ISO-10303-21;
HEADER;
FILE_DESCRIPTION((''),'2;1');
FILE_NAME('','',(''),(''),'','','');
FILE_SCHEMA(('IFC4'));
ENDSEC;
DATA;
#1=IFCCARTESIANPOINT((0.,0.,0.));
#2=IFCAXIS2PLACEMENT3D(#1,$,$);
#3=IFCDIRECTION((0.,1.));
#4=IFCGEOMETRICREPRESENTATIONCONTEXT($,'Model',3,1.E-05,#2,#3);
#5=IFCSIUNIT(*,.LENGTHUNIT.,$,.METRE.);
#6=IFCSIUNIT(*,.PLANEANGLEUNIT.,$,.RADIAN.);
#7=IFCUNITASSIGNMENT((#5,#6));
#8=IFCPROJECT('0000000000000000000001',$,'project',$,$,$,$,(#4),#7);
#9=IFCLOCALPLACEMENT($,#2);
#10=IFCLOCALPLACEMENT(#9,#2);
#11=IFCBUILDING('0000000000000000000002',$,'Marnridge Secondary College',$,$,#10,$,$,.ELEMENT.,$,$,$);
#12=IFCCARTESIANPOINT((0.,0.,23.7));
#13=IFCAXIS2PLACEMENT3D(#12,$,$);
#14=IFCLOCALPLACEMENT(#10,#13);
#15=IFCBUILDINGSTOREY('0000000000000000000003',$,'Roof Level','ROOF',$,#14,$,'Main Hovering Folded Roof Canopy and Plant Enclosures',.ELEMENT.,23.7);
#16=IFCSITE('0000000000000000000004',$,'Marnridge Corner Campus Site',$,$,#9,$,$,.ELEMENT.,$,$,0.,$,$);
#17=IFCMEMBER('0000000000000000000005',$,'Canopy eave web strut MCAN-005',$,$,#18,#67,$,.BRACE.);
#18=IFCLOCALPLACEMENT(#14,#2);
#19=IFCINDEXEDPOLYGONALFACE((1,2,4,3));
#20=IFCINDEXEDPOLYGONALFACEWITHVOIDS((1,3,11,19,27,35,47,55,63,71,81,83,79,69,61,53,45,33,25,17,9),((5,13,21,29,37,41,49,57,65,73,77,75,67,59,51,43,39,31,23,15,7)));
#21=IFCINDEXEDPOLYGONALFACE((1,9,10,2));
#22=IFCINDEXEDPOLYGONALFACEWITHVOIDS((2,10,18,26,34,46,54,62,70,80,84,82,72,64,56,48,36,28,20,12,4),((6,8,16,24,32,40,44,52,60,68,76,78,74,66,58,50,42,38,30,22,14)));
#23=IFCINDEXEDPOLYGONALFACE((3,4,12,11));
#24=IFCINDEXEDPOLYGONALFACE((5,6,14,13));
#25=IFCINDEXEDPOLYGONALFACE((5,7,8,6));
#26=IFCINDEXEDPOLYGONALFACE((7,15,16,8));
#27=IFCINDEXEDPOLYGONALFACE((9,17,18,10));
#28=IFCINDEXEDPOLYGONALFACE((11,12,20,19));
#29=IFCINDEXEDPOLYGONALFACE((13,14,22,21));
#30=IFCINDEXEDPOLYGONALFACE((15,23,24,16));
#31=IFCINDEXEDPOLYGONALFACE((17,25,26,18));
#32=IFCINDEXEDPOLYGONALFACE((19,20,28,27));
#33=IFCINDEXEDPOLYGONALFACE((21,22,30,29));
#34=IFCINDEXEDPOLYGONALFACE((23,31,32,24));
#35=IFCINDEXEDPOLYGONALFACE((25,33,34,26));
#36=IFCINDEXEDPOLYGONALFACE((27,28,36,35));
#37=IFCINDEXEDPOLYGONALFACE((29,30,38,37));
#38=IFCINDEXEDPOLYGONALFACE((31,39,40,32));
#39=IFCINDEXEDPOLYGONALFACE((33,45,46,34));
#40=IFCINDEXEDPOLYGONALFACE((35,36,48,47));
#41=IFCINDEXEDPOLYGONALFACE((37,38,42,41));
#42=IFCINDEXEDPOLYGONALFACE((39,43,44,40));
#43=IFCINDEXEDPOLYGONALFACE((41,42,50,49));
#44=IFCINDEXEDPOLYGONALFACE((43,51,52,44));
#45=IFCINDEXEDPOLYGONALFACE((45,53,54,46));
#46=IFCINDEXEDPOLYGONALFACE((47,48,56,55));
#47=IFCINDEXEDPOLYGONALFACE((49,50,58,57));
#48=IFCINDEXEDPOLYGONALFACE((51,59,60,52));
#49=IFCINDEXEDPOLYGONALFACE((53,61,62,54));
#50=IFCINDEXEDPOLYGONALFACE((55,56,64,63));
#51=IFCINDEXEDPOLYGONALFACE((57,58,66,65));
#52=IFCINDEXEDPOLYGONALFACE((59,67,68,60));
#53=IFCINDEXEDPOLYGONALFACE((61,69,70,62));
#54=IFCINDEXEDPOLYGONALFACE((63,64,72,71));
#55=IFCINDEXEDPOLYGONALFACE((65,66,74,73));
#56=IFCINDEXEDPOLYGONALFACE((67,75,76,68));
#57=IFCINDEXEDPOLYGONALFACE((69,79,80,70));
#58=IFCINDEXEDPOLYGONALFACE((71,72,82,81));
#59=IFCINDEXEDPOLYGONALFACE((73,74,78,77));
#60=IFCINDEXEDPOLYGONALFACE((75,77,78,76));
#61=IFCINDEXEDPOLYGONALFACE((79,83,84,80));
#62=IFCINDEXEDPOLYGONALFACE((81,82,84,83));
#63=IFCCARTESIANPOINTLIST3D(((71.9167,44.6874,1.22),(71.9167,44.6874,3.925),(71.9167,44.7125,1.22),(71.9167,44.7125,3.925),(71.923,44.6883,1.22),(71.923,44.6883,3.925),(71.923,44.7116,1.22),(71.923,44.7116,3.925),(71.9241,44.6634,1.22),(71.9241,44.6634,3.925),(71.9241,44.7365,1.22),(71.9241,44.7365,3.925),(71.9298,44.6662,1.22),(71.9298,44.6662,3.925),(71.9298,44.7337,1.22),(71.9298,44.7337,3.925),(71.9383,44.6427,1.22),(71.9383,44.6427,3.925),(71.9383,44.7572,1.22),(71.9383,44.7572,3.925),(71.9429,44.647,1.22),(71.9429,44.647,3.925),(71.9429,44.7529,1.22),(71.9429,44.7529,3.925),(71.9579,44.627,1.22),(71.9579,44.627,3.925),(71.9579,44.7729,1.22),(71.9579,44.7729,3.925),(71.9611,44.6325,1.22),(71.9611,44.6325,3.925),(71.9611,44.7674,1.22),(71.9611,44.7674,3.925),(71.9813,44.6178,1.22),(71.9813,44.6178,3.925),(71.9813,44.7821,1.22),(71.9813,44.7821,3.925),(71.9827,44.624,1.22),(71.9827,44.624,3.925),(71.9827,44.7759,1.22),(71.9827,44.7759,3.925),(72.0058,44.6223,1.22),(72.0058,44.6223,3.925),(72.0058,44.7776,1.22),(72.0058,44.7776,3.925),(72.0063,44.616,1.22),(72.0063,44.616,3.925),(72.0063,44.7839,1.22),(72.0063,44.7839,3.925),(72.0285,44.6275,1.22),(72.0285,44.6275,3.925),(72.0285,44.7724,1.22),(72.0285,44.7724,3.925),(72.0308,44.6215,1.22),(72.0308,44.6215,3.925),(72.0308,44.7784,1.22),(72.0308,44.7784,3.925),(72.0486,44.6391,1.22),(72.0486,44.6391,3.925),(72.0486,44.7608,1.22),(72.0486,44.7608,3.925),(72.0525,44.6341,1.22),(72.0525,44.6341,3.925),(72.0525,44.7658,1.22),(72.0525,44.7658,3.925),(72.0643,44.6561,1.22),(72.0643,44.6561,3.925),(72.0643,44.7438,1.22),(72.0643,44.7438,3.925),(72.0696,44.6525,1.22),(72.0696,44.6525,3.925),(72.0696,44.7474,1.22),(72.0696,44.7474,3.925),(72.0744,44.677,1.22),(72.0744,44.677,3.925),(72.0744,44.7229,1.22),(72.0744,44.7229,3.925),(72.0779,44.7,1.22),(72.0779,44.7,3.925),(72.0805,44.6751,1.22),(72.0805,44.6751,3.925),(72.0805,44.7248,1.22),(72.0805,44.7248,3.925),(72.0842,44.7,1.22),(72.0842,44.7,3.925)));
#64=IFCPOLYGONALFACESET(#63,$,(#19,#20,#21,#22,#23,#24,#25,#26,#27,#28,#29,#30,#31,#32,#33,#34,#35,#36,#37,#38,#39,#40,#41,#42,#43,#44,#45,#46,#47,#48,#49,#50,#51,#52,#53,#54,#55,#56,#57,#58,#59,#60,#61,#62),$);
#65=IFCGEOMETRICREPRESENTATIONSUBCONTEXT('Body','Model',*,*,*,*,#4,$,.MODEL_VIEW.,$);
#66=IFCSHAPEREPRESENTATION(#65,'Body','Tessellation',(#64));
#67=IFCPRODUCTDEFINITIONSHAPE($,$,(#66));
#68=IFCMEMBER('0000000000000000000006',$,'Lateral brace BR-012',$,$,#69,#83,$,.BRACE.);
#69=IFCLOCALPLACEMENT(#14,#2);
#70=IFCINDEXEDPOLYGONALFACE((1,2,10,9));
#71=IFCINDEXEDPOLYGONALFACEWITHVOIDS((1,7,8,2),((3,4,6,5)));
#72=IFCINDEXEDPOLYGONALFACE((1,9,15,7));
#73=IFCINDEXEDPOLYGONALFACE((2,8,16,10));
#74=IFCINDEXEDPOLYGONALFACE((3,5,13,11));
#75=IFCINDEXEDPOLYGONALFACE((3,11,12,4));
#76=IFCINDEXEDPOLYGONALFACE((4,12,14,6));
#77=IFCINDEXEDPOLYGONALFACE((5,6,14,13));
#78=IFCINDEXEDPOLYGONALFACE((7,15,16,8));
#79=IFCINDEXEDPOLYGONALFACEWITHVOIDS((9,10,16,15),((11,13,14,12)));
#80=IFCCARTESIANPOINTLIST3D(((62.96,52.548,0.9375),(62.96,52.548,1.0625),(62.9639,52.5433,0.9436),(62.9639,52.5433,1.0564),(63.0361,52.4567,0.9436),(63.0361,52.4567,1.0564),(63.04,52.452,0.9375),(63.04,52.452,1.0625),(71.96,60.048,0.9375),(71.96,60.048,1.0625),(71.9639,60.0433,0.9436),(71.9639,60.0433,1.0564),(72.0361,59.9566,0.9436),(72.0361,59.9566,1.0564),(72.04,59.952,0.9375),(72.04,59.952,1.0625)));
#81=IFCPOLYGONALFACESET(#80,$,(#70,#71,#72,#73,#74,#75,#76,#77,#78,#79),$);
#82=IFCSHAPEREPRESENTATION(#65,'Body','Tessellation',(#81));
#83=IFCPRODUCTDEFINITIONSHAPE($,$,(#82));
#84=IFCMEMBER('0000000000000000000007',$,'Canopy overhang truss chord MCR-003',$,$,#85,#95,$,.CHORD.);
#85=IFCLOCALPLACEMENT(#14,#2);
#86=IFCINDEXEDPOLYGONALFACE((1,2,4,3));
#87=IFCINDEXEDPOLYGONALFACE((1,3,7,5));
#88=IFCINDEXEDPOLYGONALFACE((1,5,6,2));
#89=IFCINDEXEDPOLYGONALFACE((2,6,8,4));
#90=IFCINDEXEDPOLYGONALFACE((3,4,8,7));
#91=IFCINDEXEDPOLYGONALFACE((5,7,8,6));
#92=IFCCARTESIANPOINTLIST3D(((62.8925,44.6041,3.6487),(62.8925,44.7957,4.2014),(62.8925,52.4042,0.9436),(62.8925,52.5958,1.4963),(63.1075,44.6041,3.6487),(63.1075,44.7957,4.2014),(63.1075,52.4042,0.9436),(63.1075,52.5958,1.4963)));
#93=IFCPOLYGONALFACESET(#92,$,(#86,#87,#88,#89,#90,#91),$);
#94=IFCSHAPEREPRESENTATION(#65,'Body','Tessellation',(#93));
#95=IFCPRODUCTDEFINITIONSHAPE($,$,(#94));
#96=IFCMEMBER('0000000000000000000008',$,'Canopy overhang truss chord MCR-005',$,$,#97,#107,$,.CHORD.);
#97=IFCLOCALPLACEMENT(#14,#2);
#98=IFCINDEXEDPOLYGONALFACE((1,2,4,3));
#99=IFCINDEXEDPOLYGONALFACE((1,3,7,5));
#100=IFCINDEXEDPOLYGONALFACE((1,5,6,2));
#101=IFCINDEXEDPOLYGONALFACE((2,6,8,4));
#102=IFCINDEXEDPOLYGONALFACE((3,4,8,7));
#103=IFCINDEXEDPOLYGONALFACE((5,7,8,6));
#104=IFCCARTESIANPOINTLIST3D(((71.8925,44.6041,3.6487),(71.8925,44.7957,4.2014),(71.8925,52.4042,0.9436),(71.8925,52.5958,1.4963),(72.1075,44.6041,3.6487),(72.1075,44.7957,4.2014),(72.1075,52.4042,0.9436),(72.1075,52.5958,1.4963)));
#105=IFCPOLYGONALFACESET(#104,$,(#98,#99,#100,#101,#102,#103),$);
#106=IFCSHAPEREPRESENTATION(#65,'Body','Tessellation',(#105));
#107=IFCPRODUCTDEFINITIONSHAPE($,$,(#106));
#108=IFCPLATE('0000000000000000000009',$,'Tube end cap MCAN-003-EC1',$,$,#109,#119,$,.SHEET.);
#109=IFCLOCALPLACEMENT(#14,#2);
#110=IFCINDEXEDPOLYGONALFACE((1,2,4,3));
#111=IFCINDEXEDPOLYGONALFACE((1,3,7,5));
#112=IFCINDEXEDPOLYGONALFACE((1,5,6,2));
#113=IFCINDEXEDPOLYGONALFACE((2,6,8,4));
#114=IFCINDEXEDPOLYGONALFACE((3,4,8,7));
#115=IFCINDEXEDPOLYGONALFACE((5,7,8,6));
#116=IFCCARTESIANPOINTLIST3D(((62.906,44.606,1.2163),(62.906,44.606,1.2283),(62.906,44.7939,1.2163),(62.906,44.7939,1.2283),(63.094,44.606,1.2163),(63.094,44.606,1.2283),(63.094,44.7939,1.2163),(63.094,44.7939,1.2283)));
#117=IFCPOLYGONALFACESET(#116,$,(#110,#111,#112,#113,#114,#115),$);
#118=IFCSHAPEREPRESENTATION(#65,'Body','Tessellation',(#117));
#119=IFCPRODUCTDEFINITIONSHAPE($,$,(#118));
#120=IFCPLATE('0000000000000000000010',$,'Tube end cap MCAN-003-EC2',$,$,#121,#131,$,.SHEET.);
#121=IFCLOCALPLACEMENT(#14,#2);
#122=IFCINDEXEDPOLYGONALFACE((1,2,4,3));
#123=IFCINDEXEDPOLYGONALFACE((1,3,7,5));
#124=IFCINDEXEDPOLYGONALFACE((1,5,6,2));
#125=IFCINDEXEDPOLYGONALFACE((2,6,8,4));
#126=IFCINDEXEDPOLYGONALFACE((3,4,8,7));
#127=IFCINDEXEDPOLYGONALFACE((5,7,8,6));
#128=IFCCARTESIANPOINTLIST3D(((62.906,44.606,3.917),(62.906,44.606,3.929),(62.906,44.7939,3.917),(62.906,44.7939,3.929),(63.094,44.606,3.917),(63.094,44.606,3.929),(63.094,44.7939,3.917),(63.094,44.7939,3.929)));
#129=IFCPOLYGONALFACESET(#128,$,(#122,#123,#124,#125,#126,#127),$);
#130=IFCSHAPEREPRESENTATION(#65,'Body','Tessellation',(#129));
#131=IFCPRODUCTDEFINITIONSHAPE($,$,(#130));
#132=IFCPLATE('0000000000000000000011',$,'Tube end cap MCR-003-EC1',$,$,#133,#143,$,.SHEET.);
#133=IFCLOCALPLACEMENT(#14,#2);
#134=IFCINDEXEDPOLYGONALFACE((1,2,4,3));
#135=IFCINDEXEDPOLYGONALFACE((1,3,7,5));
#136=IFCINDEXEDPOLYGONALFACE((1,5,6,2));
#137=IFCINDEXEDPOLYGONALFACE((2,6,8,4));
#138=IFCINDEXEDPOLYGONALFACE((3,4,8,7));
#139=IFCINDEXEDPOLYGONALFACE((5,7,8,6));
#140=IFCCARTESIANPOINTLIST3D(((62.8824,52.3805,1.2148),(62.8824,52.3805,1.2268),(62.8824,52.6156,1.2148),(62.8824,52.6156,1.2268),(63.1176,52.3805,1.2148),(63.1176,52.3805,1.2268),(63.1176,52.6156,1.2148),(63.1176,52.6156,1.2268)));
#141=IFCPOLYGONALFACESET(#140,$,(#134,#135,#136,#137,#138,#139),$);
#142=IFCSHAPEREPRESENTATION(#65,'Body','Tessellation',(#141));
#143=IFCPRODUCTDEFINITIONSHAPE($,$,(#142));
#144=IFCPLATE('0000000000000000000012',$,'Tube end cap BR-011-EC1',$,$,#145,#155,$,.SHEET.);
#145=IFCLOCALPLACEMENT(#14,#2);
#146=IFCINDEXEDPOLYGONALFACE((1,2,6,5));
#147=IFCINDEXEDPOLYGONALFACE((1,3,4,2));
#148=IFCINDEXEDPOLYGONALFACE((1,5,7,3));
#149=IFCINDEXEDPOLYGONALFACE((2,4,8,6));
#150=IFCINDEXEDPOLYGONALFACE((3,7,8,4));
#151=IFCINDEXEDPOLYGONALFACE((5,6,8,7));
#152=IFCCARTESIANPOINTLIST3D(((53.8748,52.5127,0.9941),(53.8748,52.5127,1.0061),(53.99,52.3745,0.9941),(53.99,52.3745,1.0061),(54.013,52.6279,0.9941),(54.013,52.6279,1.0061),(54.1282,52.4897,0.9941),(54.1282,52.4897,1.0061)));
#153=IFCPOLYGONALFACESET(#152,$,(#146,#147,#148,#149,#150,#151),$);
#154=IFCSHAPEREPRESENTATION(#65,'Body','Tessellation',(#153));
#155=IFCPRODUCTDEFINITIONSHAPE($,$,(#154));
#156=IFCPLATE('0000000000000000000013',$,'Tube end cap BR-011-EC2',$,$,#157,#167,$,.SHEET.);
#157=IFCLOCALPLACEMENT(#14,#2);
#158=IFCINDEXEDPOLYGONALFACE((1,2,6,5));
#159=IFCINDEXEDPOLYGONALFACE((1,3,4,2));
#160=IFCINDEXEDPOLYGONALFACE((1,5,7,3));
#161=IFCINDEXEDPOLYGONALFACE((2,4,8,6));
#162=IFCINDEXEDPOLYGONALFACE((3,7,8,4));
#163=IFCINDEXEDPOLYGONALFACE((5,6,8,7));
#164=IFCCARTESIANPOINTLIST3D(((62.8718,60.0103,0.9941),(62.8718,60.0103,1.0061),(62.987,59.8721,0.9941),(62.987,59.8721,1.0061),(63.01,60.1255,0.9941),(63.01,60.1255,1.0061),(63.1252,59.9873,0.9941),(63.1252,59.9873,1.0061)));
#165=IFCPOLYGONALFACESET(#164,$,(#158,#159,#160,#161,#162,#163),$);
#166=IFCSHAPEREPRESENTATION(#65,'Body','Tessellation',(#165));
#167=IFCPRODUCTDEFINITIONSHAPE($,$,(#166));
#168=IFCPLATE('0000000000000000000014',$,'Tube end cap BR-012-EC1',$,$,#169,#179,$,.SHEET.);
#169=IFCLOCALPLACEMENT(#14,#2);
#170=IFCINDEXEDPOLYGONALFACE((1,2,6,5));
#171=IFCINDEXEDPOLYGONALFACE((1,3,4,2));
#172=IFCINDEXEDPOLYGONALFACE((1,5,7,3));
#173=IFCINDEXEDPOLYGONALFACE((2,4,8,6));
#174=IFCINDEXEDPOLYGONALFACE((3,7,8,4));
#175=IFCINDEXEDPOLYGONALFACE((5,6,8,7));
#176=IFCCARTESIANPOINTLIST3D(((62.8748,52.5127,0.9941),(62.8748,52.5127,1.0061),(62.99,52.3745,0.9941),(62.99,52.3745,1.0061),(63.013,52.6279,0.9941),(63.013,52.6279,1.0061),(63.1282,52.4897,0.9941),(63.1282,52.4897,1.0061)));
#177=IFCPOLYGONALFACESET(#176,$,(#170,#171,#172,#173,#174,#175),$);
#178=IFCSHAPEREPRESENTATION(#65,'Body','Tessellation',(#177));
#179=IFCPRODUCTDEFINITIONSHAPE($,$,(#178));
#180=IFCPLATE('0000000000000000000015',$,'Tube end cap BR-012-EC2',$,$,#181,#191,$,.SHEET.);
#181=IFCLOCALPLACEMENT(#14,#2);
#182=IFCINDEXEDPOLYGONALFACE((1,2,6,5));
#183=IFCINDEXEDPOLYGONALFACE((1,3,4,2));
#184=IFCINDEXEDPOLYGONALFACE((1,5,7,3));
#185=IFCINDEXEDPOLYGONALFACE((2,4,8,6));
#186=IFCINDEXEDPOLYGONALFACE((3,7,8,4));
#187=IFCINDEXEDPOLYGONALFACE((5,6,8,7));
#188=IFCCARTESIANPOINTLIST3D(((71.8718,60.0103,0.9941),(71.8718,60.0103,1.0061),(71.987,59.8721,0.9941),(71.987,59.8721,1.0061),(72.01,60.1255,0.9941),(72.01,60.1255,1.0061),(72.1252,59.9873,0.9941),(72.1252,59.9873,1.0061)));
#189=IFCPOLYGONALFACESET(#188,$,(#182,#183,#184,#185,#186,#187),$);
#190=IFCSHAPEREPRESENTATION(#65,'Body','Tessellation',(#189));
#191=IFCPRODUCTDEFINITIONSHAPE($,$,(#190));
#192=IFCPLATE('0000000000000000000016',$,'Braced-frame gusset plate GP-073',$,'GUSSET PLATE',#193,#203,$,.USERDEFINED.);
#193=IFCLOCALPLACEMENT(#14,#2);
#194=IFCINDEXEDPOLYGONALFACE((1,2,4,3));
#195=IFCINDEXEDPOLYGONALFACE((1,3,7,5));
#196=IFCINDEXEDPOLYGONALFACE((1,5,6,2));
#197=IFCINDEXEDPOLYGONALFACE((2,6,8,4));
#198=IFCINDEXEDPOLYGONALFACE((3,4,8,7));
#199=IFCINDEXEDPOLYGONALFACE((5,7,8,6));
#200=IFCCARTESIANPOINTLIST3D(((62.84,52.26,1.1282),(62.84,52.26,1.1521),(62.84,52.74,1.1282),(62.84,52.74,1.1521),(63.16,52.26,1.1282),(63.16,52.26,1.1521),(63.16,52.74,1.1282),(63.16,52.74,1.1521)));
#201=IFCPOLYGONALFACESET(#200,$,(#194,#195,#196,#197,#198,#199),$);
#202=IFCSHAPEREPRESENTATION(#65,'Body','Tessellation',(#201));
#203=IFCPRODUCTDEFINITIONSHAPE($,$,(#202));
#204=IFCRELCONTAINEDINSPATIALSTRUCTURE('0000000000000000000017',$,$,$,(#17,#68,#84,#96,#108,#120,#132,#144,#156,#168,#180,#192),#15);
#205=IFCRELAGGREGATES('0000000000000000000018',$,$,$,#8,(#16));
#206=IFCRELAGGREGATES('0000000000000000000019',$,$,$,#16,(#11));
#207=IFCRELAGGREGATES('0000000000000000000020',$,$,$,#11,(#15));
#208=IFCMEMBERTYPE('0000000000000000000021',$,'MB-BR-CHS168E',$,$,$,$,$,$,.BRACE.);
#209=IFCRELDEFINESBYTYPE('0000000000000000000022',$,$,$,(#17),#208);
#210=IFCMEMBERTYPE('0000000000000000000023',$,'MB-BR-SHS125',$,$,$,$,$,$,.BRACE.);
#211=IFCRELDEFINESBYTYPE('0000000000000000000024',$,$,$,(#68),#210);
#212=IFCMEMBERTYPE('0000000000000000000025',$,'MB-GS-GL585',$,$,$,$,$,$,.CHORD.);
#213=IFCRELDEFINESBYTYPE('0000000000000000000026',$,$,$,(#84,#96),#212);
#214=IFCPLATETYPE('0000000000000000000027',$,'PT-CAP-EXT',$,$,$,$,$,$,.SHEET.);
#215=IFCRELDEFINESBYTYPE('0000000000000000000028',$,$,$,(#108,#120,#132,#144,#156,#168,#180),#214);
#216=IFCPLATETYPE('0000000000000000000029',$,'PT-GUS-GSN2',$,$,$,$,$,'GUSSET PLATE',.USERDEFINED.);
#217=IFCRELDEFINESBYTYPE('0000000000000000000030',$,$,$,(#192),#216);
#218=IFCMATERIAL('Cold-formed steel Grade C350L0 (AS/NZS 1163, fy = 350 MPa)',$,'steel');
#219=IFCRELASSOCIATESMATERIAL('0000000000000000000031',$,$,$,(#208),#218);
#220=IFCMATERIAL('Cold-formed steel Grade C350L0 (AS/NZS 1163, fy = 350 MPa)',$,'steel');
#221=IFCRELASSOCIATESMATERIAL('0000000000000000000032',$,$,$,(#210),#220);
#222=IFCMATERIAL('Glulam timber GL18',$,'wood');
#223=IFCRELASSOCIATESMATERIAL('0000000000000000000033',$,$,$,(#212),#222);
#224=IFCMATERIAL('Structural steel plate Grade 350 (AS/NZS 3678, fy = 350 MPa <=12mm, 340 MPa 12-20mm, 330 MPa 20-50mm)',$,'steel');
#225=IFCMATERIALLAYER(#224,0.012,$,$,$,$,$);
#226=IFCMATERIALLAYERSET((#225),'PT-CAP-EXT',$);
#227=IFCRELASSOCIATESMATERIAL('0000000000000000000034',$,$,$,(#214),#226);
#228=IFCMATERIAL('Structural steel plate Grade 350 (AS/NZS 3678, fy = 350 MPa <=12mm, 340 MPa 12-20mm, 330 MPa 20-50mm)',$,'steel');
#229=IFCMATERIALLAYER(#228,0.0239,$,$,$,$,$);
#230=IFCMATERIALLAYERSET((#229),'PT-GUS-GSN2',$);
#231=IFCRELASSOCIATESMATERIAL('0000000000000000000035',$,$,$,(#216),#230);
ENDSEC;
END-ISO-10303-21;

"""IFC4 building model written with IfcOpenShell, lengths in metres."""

from ifc_helpers import new_model, si_unit, direction, frame, origin, origin_2d, place, context, subcontext, project, spatial, rectangle, hollow_rectangle, hollow_circle, extrude, material, layer, layer_set, material_profile, profile_set, type_object, element, save


model = new_model("IFC4")

# Units and contexts
model_context = context("Model", 3, precision=1e-05, world=origin(), true_north=direction((0.0, 1.0)))
body_context = subcontext(model_context, "Body", "Model", "MODEL_VIEW")
ifc_project = project(units=[si_unit("LENGTHUNIT", "METRE"), si_unit("PLANEANGLEUNIT", "RADIAN")], contexts=[model_context])

# Site, building, storey
site_placement = place(None, origin())
site = spatial("IfcSite", under=ifc_project, at=site_placement, Name="Marnridge Corner Campus Site", CompositionType="ELEMENT", RefElevation=0.0)
building_placement = place(site_placement, origin())
building = spatial("IfcBuilding", under=site, at=building_placement, Name="Marnridge Secondary College", CompositionType="ELEMENT")
storey_placement = place(building_placement, frame((0.0, 0.0, 23.7)))
storey = spatial("IfcBuildingStorey", under=building, at=storey_placement, Name="Roof Level", Description="ROOF", LongName="Main Hovering Folded Roof Canopy and Plant Enclosures", CompositionType="ELEMENT", Elevation=23.7)

# Members
ifc_material_1 = material(Name="Cold-formed steel Grade C350L0 (AS/NZS 1163, fy = 350 MPa)", Category="steel")
ifc_material_profile_1 = material_profile(ifc_material_1, hollow_circle(Radius=0.0842, WallThickness=0.0063, at=origin_2d()), Name="168.3x6.4CHS")
ifc_profile_set_1 = profile_set([ifc_material_profile_1], Name="Cold-formed steel Grade C350L0 (AS/NZS 1163, fy = 350 MPa)")
member_type_1 = type_object("IfcMemberType", Name="MB-BR-CHS168E", PredefinedType="BRACE", material=ifc_profile_set_1)
for number, where, z_axis, x_axis, name in (
    (1, (72.0, 44.7, 1.22), (0.0, 0.0, 1.0), (1.0, 0.0, 0.0), "Canopy eave web strut MCAN-005"),
):
    element("IfcMember", number, at=place(storey_placement, frame(where, z_axis=z_axis, x_axis=x_axis)), inside=storey, type_object=member_type_1, Name=name, PredefinedType="BRACE", context=body_context, shape_type="SweptSolid", body=[
        extrude(hollow_circle(Radius=0.0842, WallThickness=0.0063, at=origin_2d()), origin(), (0.0, 0.0, 1.0), 2.7051),
    ])
ifc_material_2 = material(Name="Cold-formed steel Grade C350L0 (AS/NZS 1163, fy = 350 MPa)", Category="steel")
ifc_material_profile_2 = material_profile(ifc_material_2, hollow_rectangle(XDim=0.125, YDim=0.125, WallThickness=0.0061, at=origin_2d()), Name="125x125x6.0SHS")
ifc_profile_set_2 = profile_set([ifc_material_profile_2], Name="Cold-formed steel Grade C350L0 (AS/NZS 1163, fy = 350 MPa)")
member_type_2 = type_object("IfcMemberType", Name="MB-BR-SHS125", PredefinedType="BRACE", material=ifc_profile_set_2)
member_placement = place(storey_placement, frame((63.0, 52.5, 1.0), z_axis=(0.768221, 0.640184, 0.0), x_axis=(-0.640184, 0.768221, 0.0)))
element("IfcMember", 2, at=member_placement, inside=storey, type_object=member_type_2, Name="Lateral brace BR-012", PredefinedType="BRACE", context=body_context, shape_type="SweptSolid", body=[
    extrude(hollow_rectangle(XDim=0.125, YDim=0.125, WallThickness=0.0061, at=origin_2d()), origin(), (0.0, 0.0, 1.0), 11.7153),
])
ifc_material_3 = material(Name="Glulam timber GL18", Category="wood")
ifc_material_profile_3 = material_profile(ifc_material_3, rectangle(XDim=0.2151, YDim=0.585, at=origin_2d()), Name="GL18 215x585")
ifc_profile_set_3 = profile_set([ifc_material_profile_3], Name="Glulam timber GL18")
member_type_3 = type_object("IfcMemberType", Name="MB-GS-GL585", PredefinedType="CHORD", material=ifc_profile_set_3)
for number, where, z_axis, x_axis, name in (
    (3, (63.0, 52.5, 1.22), (0.0, -0.944796, 0.327658), (1.0, 0.0, 0.0), "Canopy overhang truss chord MCR-003"),
    (4, (72.0, 52.5, 1.22), (0.0, -0.944796, 0.327658), (1.0, 0.0, 0.0), "Canopy overhang truss chord MCR-005"),
):
    element("IfcMember", number, at=place(storey_placement, frame(where, z_axis=z_axis, x_axis=x_axis)), inside=storey, type_object=member_type_3, Name=name, PredefinedType="CHORD", context=body_context, shape_type="SweptSolid", body=[
        extrude(rectangle(XDim=0.2151, YDim=0.585, at=origin_2d()), origin(), (0.0, 0.0, 1.0), 8.2559),
    ])

# Plates
ifc_material_4 = material(Name="Structural steel plate Grade 350 (AS/NZS 3678, fy = 350 MPa <=12mm, 340 MPa 12-20mm, 330 MPa 20-50mm)", Category="steel")
ifc_layer_1 = layer(ifc_material_4, 0.012)
ifc_layer_set_1 = layer_set([ifc_layer_1], Name="PT-CAP-EXT")
plate_type_1 = type_object("IfcPlateType", Name="PT-CAP-EXT", PredefinedType="SHEET", material=ifc_layer_set_1)
for number, where, z_axis, x_axis, name in (
    (5, (63.0, 44.7, 1.2163), (0.0, 0.0, 1.0), (1.0, 0.0, 0.0), "Tube end cap MCAN-003-EC1"),
    (6, (63.0, 44.7, 3.917), (0.0, 0.0, 1.0), (1.0, 0.0, 0.0), "Tube end cap MCAN-003-EC2"),
):
    element("IfcPlate", number, at=place(storey_placement, frame(where, z_axis=z_axis, x_axis=x_axis)), inside=storey, type_object=plate_type_1, Name=name, PredefinedType="SHEET", context=body_context, shape_type="SweptSolid", body=[
        extrude(rectangle(XDim=0.188, YDim=0.188, at=origin_2d()), origin(), (0.0, 0.0, 1.0), 0.012),
    ])
plate_1_placement = place(storey_placement, frame((63.0, 52.498, 1.2148), z_axis=(0.0, 0.0, 1.0), x_axis=(0.0, -1.0, 0.0)))
element("IfcPlate", 7, at=plate_1_placement, inside=storey, type_object=plate_type_1, Name="Tube end cap MCR-003-EC1", PredefinedType="SHEET", context=body_context, shape_type="SweptSolid", body=[
    extrude(rectangle(XDim=0.2351, YDim=0.2351, at=origin_2d()), origin(), (0.0, 0.0, 1.0), 0.012),
])
for number, where, z_axis, x_axis, name in (
    (8, (54.0015, 52.5012, 0.9941), (0.0, 0.0, 1.0), (0.768172, 0.640244, 0.0), "Tube end cap BR-011-EC1"),
    (9, (62.9985, 59.9988, 0.9941), (0.0, 0.0, 1.0), (0.768172, 0.640244, 0.0), "Tube end cap BR-011-EC2"),
    (10, (63.0015, 52.5012, 0.9941), (0.0, 0.0, 1.0), (0.768172, 0.640244, 0.0), "Tube end cap BR-012-EC1"),
    (11, (71.9985, 59.9988, 0.9941), (0.0, 0.0, 1.0), (0.768172, 0.640244, 0.0), "Tube end cap BR-012-EC2"),
):
    element("IfcPlate", number, at=place(storey_placement, frame(where, z_axis=z_axis, x_axis=x_axis)), inside=storey, type_object=plate_type_1, Name=name, PredefinedType="SHEET", context=body_context, shape_type="SweptSolid", body=[
        extrude(rectangle(XDim=0.1799, YDim=0.1799, at=origin_2d()), origin(), (0.0, 0.0, 1.0), 0.012),
    ])
ifc_material_5 = material(Name="Structural steel plate Grade 350 (AS/NZS 3678, fy = 350 MPa <=12mm, 340 MPa 12-20mm, 330 MPa 20-50mm)", Category="steel")
ifc_layer_2 = layer(ifc_material_5, 0.0239)
ifc_layer_set_2 = layer_set([ifc_layer_2], Name="PT-GUS-GSN2")
plate_type_2 = type_object("IfcPlateType", Name="PT-GUS-GSN2", ElementType="GUSSET PLATE", PredefinedType="USERDEFINED", material=ifc_layer_set_2)
plate_2_placement = place(storey_placement, frame((63.0, 52.5, 1.1282), z_axis=(0.0, 0.0, 1.0), x_axis=(0.0, 1.0, 0.0)))
element("IfcPlate", 12, at=plate_2_placement, inside=storey, type_object=plate_type_2, Name="Braced-frame gusset plate GP-073", ObjectType="GUSSET PLATE", PredefinedType="USERDEFINED", context=body_context, shape_type="SweptSolid", body=[
    extrude(rectangle(XDim=0.48, YDim=0.3201, at=origin_2d()), origin(), (0.0, 0.0, 1.0), 0.0239),
])

save(model, "model.ifc")
